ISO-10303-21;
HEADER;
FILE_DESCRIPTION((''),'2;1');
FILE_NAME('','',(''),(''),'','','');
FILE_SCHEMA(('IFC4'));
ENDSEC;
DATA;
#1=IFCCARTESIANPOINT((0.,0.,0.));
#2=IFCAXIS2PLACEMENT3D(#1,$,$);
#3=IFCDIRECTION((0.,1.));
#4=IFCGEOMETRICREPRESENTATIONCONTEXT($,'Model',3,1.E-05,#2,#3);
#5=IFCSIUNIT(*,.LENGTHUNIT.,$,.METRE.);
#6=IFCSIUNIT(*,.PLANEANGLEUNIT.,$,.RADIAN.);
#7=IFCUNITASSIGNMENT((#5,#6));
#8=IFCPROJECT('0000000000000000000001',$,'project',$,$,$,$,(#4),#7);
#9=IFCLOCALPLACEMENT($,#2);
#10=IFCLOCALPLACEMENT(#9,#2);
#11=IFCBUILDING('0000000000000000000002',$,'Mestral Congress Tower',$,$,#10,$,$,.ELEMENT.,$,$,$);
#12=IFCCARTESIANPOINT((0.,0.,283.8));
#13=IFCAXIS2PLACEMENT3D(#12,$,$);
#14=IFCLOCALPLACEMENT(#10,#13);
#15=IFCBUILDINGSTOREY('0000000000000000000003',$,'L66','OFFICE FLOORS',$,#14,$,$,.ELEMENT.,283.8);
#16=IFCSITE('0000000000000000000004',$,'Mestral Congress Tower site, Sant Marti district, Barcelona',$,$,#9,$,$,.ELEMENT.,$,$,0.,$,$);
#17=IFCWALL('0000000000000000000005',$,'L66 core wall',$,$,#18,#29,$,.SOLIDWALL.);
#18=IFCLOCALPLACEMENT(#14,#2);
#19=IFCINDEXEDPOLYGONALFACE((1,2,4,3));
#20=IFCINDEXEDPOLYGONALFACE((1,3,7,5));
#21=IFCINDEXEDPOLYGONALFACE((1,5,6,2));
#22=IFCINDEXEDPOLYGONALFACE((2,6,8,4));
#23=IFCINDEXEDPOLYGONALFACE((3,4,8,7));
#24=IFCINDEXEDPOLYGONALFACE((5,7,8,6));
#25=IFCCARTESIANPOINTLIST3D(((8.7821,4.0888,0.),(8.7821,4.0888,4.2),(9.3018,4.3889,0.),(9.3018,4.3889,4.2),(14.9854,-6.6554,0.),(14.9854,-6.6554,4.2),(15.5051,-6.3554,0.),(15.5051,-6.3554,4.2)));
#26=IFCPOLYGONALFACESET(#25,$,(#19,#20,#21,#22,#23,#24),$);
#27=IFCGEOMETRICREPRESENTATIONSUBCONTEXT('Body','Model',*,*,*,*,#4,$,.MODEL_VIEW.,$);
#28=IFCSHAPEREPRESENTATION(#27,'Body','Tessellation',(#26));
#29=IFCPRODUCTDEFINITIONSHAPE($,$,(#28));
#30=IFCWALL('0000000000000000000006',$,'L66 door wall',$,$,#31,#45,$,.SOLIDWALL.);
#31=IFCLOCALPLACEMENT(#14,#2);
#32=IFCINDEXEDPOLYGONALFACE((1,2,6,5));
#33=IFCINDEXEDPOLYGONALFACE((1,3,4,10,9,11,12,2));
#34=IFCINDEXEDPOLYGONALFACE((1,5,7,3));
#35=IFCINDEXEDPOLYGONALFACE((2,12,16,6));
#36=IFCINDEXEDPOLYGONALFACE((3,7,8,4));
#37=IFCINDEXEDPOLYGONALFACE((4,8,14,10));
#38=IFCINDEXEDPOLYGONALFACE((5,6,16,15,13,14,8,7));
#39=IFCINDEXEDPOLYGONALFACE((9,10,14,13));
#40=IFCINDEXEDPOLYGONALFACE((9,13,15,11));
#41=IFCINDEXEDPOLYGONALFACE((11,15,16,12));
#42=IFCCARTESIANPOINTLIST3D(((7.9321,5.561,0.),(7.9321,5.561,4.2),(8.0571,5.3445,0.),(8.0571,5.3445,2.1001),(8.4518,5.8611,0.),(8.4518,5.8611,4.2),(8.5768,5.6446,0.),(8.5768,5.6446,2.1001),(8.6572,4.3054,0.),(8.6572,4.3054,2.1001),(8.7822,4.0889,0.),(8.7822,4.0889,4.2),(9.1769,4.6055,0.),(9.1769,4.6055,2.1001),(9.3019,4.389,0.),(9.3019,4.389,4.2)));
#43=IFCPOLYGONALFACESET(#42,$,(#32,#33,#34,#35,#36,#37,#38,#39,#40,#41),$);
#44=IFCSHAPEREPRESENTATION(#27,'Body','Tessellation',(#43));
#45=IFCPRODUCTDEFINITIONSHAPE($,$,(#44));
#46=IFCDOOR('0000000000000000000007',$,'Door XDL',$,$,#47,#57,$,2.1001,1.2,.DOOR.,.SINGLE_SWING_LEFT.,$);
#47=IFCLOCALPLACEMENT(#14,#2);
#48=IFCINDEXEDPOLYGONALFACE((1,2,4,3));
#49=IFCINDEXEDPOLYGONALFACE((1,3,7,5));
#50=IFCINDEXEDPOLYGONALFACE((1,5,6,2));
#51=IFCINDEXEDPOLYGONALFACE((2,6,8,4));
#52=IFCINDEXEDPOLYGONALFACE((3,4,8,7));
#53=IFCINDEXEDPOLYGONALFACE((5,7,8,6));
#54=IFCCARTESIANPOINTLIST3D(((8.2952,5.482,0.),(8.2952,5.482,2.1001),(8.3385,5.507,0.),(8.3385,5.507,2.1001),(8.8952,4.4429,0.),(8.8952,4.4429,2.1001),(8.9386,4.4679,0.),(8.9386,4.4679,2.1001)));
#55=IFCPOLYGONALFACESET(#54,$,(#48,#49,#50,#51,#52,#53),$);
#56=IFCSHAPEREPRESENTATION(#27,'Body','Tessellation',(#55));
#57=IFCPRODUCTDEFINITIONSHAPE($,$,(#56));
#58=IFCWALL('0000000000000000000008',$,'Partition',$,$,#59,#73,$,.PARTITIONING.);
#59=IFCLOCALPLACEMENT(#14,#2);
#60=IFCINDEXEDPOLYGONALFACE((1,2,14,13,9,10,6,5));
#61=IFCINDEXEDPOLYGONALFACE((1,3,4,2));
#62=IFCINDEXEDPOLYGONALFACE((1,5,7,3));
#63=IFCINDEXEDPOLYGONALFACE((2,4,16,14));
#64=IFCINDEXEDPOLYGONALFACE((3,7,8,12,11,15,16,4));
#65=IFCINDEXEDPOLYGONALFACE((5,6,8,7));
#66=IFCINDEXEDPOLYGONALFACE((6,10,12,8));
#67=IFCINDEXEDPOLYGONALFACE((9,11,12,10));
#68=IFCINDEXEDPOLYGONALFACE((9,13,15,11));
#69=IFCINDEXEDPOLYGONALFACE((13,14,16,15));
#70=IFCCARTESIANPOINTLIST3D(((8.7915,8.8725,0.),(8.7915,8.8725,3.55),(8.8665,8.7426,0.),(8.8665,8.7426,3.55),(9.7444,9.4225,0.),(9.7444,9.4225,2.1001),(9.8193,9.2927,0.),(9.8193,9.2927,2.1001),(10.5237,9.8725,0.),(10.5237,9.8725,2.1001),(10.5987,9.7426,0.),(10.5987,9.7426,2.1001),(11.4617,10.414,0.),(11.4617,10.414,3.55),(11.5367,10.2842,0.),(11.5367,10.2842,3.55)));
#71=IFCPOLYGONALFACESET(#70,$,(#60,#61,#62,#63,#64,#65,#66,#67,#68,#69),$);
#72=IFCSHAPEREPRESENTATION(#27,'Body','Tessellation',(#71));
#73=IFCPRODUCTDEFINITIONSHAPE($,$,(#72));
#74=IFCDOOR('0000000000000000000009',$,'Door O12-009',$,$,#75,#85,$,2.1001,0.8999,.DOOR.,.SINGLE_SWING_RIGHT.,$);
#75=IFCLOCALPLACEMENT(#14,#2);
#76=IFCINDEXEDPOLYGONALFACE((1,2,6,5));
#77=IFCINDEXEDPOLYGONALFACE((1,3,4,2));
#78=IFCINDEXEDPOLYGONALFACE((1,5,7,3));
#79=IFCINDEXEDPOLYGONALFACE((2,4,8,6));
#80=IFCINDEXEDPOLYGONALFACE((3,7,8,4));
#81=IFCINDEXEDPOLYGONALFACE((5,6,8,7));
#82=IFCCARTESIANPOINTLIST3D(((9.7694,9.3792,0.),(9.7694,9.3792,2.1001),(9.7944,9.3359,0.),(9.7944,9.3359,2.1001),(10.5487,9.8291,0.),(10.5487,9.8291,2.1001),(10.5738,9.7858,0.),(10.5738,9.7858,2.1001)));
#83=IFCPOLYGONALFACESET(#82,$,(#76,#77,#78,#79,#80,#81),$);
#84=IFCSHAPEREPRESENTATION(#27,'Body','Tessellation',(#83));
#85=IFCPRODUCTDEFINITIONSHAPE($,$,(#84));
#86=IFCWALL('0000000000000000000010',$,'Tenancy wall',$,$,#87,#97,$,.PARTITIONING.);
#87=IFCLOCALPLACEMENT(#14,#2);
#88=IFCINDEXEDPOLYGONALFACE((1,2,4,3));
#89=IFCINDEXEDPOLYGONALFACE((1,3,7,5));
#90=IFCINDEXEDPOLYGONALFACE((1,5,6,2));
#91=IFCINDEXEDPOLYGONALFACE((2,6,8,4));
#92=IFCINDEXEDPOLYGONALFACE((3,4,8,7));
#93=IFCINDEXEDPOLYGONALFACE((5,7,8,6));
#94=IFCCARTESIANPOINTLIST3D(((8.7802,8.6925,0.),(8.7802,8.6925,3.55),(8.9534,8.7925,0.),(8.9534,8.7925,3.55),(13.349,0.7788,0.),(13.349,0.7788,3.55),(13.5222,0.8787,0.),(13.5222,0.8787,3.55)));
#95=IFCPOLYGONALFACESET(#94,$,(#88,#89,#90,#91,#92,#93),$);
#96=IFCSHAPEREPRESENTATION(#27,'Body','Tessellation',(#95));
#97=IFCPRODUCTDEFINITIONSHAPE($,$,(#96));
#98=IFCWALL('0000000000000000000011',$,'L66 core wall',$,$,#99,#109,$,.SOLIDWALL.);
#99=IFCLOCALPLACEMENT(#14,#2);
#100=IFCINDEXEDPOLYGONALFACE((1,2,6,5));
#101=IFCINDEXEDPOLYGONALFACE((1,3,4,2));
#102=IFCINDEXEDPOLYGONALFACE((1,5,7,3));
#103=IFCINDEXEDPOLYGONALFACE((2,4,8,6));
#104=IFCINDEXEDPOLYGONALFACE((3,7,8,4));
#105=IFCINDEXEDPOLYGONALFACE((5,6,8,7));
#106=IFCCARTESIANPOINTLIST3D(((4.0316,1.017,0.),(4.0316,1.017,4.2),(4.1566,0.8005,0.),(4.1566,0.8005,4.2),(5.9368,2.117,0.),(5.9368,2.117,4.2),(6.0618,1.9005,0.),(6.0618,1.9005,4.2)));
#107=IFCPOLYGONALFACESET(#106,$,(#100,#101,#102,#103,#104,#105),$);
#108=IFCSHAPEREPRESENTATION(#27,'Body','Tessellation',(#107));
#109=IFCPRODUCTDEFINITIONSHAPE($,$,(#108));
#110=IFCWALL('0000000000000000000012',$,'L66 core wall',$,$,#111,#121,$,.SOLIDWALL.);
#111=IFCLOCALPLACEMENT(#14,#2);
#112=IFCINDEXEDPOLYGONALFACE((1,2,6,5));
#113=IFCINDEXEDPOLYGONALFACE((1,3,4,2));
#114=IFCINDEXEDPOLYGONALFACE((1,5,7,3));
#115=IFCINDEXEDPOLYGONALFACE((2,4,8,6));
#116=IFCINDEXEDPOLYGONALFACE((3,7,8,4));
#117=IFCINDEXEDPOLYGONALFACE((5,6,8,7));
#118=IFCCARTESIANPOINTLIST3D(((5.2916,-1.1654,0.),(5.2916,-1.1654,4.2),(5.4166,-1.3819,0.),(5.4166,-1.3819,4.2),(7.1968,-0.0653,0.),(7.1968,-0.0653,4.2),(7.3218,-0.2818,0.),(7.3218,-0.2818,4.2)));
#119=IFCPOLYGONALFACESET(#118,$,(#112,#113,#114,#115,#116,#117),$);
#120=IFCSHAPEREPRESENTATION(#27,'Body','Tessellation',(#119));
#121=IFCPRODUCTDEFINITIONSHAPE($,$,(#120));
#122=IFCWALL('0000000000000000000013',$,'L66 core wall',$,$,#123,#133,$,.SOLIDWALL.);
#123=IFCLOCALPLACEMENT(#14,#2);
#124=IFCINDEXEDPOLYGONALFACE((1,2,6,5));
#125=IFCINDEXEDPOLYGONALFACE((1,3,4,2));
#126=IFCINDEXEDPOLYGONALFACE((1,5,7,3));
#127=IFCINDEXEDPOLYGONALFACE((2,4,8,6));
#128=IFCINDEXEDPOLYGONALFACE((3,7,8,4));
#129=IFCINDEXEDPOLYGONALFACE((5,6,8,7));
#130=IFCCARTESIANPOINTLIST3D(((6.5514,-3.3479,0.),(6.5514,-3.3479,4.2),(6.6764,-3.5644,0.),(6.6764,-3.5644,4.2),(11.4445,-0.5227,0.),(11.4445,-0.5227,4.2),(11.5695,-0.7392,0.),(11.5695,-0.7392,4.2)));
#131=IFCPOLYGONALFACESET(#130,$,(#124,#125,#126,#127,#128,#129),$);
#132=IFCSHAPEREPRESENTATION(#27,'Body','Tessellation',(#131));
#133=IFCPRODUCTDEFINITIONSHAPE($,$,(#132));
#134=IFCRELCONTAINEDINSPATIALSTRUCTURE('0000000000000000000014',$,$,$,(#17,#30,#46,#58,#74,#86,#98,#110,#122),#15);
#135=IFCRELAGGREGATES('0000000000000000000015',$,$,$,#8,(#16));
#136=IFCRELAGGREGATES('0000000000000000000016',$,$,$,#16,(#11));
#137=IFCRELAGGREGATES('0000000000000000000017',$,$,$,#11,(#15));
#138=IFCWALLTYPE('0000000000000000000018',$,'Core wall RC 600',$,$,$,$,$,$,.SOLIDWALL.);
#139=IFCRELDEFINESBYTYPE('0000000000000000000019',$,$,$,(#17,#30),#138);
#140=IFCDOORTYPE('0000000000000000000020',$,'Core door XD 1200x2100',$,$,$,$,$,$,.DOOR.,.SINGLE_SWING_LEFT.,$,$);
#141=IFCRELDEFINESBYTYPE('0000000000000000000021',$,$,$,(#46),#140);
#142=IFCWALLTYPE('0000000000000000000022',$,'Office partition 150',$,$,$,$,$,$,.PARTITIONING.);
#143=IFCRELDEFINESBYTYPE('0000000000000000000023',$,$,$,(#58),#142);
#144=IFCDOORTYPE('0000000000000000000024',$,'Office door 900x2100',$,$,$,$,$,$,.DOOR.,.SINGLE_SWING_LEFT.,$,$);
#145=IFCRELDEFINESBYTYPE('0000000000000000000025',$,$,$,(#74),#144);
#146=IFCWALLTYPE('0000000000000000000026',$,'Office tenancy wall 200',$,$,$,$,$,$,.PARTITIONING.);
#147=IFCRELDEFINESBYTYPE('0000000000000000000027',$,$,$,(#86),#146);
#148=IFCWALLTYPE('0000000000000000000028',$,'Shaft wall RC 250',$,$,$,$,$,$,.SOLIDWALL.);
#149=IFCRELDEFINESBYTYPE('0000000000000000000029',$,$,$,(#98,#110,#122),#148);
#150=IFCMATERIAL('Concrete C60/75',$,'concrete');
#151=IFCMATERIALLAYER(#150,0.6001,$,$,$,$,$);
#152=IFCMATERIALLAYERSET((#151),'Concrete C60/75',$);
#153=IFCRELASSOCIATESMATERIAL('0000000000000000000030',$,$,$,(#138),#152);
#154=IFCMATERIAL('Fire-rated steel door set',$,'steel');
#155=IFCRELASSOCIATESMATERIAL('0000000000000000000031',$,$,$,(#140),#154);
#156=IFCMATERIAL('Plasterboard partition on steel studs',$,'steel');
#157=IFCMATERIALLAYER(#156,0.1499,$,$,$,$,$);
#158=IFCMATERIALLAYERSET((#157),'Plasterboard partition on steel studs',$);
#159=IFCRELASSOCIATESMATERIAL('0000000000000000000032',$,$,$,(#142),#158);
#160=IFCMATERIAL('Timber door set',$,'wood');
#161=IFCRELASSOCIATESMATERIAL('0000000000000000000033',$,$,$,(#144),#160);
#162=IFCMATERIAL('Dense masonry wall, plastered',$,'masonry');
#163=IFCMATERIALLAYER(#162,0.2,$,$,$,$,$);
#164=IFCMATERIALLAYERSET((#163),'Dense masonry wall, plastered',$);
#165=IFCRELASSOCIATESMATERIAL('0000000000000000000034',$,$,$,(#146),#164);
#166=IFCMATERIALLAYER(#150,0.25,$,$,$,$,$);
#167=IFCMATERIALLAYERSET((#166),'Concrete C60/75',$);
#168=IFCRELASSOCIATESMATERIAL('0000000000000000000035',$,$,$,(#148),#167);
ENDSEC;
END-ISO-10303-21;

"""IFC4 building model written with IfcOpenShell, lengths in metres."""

from ifc_helpers import new_model, si_unit, direction, frame, frame_2d, origin, place, context, subcontext, project, spatial, rectangle, extrude, material, layer, layer_set, type_object, element, fill, save


model = new_model("IFC4")

# Units and contexts
model_context = context("Model", 3, precision=1e-05, world=origin(), true_north=direction((0.0, 1.0)))
body_context = subcontext(model_context, "Body", "Model", "MODEL_VIEW")
ifc_project = project(units=[si_unit("LENGTHUNIT", "METRE"), si_unit("PLANEANGLEUNIT", "RADIAN")], contexts=[model_context])

# Site, building, storey
site_placement = place(None, origin())
site = spatial("IfcSite", under=ifc_project, at=site_placement, Name="Mestral Congress Tower site, Sant Marti district, Barcelona", CompositionType="ELEMENT", RefElevation=0.0)
building_placement = place(site_placement, origin())
building = spatial("IfcBuilding", under=site, at=building_placement, Name="Mestral Congress Tower", CompositionType="ELEMENT")
storey_placement = place(building_placement, frame((0.0, 0.0, 283.8)))
storey = spatial("IfcBuildingStorey", under=building, at=storey_placement, Name="L66", Description="OFFICE FLOORS", CompositionType="ELEMENT", Elevation=283.8)

# Wall
ifc_material_1 = material(Name="Concrete C60/75", Category="concrete")
ifc_layer_1 = layer(ifc_material_1, 0.6001)
ifc_layer_set_1 = layer_set([ifc_layer_1], Name="Concrete C60/75")
wall_type_1 = type_object("IfcWallType", Name="Core wall RC 600", PredefinedType="SOLIDWALL", material=ifc_layer_set_1)
wall_1_placement = place(storey_placement, frame((9.042, 4.2388, 0.0), z_axis=(0.0, 0.0, 1.0), x_axis=(0.500006, -0.866022, 0.0)))
element("IfcWall", 1, at=wall_1_placement, inside=storey, type_object=wall_type_1, Name="L66 core wall", PredefinedType="SOLIDWALL", context=body_context, shape_type="SweptSolid", body=[
    extrude(rectangle(XDim=12.4065, YDim=0.6001, at=frame_2d((6.2031, 0.0))), origin(), (0.0, 0.0, 1.0), 4.2),
])

# Walls, openings, doors
wall_2_placement = place(storey_placement, frame((8.1919, 5.7112, 0.0), z_axis=(0.0, 0.0, 1.0), x_axis=(0.500062, -0.865989, 0.0)))
wall_2 = element("IfcWall", 2, at=wall_2_placement, inside=storey, type_object=wall_type_1, Name="L66 door wall", PredefinedType="SOLIDWALL", context=body_context, shape_type="SweptSolid", body=[
    extrude(rectangle(XDim=1.7, YDim=0.6001, at=frame_2d((0.8501, 0.0))), origin(), (0.0, 0.0, 1.0), 4.2),
])
opening_1_placement = place(wall_2_placement, frame((0.25, 0.0, 0.0)))
opening_1 = element("IfcOpeningElement", 3, at=opening_1_placement, cuts=wall_2, PredefinedType="OPENING", context=body_context, shape_type="SweptSolid", body=[
    extrude(rectangle(XDim=1.2, YDim=2.1001, at=frame_2d((0.6001, 1.05))), frame((0.0, 0.3101, 0.0), z_axis=(0.0, -1.0, 0.0), x_axis=(1.0, 0.0, 0.0)), (0.0, 0.0, 1.0), 0.6201),
])
ifc_material_2 = material(Name="Fire-rated steel door set", Category="steel")
door_type_1 = type_object("IfcDoorType", Name="Core door XD 1200x2100", OperationType="SINGLE_SWING_LEFT", PredefinedType="DOOR", material=ifc_material_2)
door_1_placement = place(opening_1_placement, origin())
door_1 = element("IfcDoor", 4, at=door_1_placement, inside=storey, type_object=door_type_1, Name="Door XDL", OperationType="SINGLE_SWING_LEFT", OverallHeight=2.1001, OverallWidth=1.2, PredefinedType="DOOR", context=body_context, shape_type="SweptSolid", body=[
    extrude(rectangle(XDim=1.2, YDim=2.1001, at=frame_2d((0.6001, 1.05))), frame((0.0, 0.0249, 0.0), z_axis=(0.0, -1.0, 0.0), x_axis=(1.0, 0.0, 0.0)), (0.0, 0.0, 1.0), 0.05),
])
fill(opening_1, door_1)
ifc_material_3 = material(Name="Plasterboard partition on steel studs", Category="steel")
ifc_layer_2 = layer(ifc_material_3, 0.1499)
ifc_layer_set_2 = layer_set([ifc_layer_2], Name="Plasterboard partition on steel studs")
wall_type_2 = type_object("IfcWallType", Name="Office partition 150", PredefinedType="PARTITIONING", material=ifc_layer_set_2)
wall_3_placement = place(storey_placement, frame((8.8291, 8.8076, 0.0), z_axis=(0.0, 0.0, 1.0), x_axis=(0.866042, 0.499971, 0.0)))
wall_3 = element("IfcWall", 5, at=wall_3_placement, inside=storey, type_object=wall_type_2, Name="Partition", PredefinedType="PARTITIONING", context=body_context, shape_type="SweptSolid", body=[
    extrude(rectangle(XDim=3.0833, YDim=0.1499, at=frame_2d((1.5415, 0.0))), origin(), (0.0, 0.0, 1.0), 3.55),
])
opening_2_placement = place(wall_3_placement, frame((1.1001, 0.0, 0.0)))
opening_2 = element("IfcOpeningElement", 6, at=opening_2_placement, cuts=wall_3, PredefinedType="OPENING", context=body_context, shape_type="SweptSolid", body=[
    extrude(rectangle(XDim=0.8999, YDim=2.1001, at=frame_2d((0.45, 1.05))), frame((0.0, 0.085, 0.0), z_axis=(0.0, -1.0, 0.0), x_axis=(1.0, 0.0, 0.0)), (0.0, 0.0, 1.0), 0.1699),
])
ifc_material_4 = material(Name="Timber door set", Category="wood")
door_type_2 = type_object("IfcDoorType", Name="Office door 900x2100", OperationType="SINGLE_SWING_LEFT", PredefinedType="DOOR", material=ifc_material_4)
door_2_placement = place(opening_2_placement, origin())
door_2 = element("IfcDoor", 7, at=door_2_placement, inside=storey, type_object=door_type_2, Name="Door O12-009", OperationType="SINGLE_SWING_RIGHT", OverallHeight=2.1001, OverallWidth=0.8999, PredefinedType="DOOR", context=body_context, shape_type="SweptSolid", body=[
    extrude(rectangle(XDim=0.8999, YDim=2.1001, at=frame_2d((0.45, 1.05))), frame((0.0, 0.0249, 0.0), z_axis=(0.0, -1.0, 0.0), x_axis=(1.0, 0.0, 0.0)), (0.0, 0.0, 1.0), 0.05),
])
fill(opening_2, door_2)

# Walls
ifc_material_5 = material(Name="Dense masonry wall, plastered", Category="masonry")
ifc_layer_3 = layer(ifc_material_5, 0.2)
ifc_layer_set_3 = layer_set([ifc_layer_3], Name="Dense masonry wall, plastered")
wall_type_3 = type_object("IfcWallType", Name="Office tenancy wall 200", PredefinedType="PARTITIONING", material=ifc_layer_set_3)
wall_4_placement = place(storey_placement, frame((13.4355, 0.8289, 0.0), z_axis=(0.0, 0.0, 1.0), x_axis=(-0.499984, 0.866035, 0.0)))
element("IfcWall", 8, at=wall_4_placement, inside=storey, type_object=wall_type_3, Name="Tenancy wall", PredefinedType="PARTITIONING", context=body_context, shape_type="SweptSolid", body=[
    extrude(rectangle(XDim=9.1379, YDim=0.2, at=frame_2d((4.5688, 0.0))), origin(), (0.0, 0.0, 1.0), 3.55),
])
ifc_layer_4 = layer(ifc_material_1, 0.25)
ifc_layer_set_4 = layer_set([ifc_layer_4], Name="Concrete C60/75")
wall_type_4 = type_object("IfcWallType", Name="Shaft wall RC 250", PredefinedType="SOLIDWALL", material=ifc_layer_set_4)
for number, where, z_axis, x_axis, name in (
    (9, (4.094, 0.9087, 0.0), (0.0, 0.0, 1.0), (0.866008, 0.50003, 0.0), "L66 core wall"),
    (10, (5.354, -1.2737, 0.0), (0.0, 0.0, 1.0), (0.866008, 0.50003, 0.0), "L66 core wall"),
):
    element("IfcWall", number, at=place(storey_placement, frame(where, z_axis=z_axis, x_axis=x_axis)), inside=storey, type_object=wall_type_4, Name=name, PredefinedType="SOLIDWALL", context=body_context, shape_type="SweptSolid", body=[
        extrude(rectangle(XDim=2.2, YDim=0.25, at=frame_2d((1.1001, 0.0))), origin(), (0.0, 0.0, 1.0), 4.2),
    ])
wall_5_placement = place(storey_placement, frame((11.5071, -0.6309, 0.0), z_axis=(0.0, 0.0, 1.0), x_axis=(-0.866011, -0.500024, 0.0)))
element("IfcWall", 11, at=wall_5_placement, inside=storey, type_object=wall_type_4, Name="L66 core wall", PredefinedType="SOLIDWALL", context=body_context, shape_type="SweptSolid", body=[
    extrude(rectangle(XDim=5.6501, YDim=0.25, at=frame_2d((2.8252, 0.0))), origin(), (0.0, 0.0, 1.0), 4.2),
])

save(model, "model.ifc")
